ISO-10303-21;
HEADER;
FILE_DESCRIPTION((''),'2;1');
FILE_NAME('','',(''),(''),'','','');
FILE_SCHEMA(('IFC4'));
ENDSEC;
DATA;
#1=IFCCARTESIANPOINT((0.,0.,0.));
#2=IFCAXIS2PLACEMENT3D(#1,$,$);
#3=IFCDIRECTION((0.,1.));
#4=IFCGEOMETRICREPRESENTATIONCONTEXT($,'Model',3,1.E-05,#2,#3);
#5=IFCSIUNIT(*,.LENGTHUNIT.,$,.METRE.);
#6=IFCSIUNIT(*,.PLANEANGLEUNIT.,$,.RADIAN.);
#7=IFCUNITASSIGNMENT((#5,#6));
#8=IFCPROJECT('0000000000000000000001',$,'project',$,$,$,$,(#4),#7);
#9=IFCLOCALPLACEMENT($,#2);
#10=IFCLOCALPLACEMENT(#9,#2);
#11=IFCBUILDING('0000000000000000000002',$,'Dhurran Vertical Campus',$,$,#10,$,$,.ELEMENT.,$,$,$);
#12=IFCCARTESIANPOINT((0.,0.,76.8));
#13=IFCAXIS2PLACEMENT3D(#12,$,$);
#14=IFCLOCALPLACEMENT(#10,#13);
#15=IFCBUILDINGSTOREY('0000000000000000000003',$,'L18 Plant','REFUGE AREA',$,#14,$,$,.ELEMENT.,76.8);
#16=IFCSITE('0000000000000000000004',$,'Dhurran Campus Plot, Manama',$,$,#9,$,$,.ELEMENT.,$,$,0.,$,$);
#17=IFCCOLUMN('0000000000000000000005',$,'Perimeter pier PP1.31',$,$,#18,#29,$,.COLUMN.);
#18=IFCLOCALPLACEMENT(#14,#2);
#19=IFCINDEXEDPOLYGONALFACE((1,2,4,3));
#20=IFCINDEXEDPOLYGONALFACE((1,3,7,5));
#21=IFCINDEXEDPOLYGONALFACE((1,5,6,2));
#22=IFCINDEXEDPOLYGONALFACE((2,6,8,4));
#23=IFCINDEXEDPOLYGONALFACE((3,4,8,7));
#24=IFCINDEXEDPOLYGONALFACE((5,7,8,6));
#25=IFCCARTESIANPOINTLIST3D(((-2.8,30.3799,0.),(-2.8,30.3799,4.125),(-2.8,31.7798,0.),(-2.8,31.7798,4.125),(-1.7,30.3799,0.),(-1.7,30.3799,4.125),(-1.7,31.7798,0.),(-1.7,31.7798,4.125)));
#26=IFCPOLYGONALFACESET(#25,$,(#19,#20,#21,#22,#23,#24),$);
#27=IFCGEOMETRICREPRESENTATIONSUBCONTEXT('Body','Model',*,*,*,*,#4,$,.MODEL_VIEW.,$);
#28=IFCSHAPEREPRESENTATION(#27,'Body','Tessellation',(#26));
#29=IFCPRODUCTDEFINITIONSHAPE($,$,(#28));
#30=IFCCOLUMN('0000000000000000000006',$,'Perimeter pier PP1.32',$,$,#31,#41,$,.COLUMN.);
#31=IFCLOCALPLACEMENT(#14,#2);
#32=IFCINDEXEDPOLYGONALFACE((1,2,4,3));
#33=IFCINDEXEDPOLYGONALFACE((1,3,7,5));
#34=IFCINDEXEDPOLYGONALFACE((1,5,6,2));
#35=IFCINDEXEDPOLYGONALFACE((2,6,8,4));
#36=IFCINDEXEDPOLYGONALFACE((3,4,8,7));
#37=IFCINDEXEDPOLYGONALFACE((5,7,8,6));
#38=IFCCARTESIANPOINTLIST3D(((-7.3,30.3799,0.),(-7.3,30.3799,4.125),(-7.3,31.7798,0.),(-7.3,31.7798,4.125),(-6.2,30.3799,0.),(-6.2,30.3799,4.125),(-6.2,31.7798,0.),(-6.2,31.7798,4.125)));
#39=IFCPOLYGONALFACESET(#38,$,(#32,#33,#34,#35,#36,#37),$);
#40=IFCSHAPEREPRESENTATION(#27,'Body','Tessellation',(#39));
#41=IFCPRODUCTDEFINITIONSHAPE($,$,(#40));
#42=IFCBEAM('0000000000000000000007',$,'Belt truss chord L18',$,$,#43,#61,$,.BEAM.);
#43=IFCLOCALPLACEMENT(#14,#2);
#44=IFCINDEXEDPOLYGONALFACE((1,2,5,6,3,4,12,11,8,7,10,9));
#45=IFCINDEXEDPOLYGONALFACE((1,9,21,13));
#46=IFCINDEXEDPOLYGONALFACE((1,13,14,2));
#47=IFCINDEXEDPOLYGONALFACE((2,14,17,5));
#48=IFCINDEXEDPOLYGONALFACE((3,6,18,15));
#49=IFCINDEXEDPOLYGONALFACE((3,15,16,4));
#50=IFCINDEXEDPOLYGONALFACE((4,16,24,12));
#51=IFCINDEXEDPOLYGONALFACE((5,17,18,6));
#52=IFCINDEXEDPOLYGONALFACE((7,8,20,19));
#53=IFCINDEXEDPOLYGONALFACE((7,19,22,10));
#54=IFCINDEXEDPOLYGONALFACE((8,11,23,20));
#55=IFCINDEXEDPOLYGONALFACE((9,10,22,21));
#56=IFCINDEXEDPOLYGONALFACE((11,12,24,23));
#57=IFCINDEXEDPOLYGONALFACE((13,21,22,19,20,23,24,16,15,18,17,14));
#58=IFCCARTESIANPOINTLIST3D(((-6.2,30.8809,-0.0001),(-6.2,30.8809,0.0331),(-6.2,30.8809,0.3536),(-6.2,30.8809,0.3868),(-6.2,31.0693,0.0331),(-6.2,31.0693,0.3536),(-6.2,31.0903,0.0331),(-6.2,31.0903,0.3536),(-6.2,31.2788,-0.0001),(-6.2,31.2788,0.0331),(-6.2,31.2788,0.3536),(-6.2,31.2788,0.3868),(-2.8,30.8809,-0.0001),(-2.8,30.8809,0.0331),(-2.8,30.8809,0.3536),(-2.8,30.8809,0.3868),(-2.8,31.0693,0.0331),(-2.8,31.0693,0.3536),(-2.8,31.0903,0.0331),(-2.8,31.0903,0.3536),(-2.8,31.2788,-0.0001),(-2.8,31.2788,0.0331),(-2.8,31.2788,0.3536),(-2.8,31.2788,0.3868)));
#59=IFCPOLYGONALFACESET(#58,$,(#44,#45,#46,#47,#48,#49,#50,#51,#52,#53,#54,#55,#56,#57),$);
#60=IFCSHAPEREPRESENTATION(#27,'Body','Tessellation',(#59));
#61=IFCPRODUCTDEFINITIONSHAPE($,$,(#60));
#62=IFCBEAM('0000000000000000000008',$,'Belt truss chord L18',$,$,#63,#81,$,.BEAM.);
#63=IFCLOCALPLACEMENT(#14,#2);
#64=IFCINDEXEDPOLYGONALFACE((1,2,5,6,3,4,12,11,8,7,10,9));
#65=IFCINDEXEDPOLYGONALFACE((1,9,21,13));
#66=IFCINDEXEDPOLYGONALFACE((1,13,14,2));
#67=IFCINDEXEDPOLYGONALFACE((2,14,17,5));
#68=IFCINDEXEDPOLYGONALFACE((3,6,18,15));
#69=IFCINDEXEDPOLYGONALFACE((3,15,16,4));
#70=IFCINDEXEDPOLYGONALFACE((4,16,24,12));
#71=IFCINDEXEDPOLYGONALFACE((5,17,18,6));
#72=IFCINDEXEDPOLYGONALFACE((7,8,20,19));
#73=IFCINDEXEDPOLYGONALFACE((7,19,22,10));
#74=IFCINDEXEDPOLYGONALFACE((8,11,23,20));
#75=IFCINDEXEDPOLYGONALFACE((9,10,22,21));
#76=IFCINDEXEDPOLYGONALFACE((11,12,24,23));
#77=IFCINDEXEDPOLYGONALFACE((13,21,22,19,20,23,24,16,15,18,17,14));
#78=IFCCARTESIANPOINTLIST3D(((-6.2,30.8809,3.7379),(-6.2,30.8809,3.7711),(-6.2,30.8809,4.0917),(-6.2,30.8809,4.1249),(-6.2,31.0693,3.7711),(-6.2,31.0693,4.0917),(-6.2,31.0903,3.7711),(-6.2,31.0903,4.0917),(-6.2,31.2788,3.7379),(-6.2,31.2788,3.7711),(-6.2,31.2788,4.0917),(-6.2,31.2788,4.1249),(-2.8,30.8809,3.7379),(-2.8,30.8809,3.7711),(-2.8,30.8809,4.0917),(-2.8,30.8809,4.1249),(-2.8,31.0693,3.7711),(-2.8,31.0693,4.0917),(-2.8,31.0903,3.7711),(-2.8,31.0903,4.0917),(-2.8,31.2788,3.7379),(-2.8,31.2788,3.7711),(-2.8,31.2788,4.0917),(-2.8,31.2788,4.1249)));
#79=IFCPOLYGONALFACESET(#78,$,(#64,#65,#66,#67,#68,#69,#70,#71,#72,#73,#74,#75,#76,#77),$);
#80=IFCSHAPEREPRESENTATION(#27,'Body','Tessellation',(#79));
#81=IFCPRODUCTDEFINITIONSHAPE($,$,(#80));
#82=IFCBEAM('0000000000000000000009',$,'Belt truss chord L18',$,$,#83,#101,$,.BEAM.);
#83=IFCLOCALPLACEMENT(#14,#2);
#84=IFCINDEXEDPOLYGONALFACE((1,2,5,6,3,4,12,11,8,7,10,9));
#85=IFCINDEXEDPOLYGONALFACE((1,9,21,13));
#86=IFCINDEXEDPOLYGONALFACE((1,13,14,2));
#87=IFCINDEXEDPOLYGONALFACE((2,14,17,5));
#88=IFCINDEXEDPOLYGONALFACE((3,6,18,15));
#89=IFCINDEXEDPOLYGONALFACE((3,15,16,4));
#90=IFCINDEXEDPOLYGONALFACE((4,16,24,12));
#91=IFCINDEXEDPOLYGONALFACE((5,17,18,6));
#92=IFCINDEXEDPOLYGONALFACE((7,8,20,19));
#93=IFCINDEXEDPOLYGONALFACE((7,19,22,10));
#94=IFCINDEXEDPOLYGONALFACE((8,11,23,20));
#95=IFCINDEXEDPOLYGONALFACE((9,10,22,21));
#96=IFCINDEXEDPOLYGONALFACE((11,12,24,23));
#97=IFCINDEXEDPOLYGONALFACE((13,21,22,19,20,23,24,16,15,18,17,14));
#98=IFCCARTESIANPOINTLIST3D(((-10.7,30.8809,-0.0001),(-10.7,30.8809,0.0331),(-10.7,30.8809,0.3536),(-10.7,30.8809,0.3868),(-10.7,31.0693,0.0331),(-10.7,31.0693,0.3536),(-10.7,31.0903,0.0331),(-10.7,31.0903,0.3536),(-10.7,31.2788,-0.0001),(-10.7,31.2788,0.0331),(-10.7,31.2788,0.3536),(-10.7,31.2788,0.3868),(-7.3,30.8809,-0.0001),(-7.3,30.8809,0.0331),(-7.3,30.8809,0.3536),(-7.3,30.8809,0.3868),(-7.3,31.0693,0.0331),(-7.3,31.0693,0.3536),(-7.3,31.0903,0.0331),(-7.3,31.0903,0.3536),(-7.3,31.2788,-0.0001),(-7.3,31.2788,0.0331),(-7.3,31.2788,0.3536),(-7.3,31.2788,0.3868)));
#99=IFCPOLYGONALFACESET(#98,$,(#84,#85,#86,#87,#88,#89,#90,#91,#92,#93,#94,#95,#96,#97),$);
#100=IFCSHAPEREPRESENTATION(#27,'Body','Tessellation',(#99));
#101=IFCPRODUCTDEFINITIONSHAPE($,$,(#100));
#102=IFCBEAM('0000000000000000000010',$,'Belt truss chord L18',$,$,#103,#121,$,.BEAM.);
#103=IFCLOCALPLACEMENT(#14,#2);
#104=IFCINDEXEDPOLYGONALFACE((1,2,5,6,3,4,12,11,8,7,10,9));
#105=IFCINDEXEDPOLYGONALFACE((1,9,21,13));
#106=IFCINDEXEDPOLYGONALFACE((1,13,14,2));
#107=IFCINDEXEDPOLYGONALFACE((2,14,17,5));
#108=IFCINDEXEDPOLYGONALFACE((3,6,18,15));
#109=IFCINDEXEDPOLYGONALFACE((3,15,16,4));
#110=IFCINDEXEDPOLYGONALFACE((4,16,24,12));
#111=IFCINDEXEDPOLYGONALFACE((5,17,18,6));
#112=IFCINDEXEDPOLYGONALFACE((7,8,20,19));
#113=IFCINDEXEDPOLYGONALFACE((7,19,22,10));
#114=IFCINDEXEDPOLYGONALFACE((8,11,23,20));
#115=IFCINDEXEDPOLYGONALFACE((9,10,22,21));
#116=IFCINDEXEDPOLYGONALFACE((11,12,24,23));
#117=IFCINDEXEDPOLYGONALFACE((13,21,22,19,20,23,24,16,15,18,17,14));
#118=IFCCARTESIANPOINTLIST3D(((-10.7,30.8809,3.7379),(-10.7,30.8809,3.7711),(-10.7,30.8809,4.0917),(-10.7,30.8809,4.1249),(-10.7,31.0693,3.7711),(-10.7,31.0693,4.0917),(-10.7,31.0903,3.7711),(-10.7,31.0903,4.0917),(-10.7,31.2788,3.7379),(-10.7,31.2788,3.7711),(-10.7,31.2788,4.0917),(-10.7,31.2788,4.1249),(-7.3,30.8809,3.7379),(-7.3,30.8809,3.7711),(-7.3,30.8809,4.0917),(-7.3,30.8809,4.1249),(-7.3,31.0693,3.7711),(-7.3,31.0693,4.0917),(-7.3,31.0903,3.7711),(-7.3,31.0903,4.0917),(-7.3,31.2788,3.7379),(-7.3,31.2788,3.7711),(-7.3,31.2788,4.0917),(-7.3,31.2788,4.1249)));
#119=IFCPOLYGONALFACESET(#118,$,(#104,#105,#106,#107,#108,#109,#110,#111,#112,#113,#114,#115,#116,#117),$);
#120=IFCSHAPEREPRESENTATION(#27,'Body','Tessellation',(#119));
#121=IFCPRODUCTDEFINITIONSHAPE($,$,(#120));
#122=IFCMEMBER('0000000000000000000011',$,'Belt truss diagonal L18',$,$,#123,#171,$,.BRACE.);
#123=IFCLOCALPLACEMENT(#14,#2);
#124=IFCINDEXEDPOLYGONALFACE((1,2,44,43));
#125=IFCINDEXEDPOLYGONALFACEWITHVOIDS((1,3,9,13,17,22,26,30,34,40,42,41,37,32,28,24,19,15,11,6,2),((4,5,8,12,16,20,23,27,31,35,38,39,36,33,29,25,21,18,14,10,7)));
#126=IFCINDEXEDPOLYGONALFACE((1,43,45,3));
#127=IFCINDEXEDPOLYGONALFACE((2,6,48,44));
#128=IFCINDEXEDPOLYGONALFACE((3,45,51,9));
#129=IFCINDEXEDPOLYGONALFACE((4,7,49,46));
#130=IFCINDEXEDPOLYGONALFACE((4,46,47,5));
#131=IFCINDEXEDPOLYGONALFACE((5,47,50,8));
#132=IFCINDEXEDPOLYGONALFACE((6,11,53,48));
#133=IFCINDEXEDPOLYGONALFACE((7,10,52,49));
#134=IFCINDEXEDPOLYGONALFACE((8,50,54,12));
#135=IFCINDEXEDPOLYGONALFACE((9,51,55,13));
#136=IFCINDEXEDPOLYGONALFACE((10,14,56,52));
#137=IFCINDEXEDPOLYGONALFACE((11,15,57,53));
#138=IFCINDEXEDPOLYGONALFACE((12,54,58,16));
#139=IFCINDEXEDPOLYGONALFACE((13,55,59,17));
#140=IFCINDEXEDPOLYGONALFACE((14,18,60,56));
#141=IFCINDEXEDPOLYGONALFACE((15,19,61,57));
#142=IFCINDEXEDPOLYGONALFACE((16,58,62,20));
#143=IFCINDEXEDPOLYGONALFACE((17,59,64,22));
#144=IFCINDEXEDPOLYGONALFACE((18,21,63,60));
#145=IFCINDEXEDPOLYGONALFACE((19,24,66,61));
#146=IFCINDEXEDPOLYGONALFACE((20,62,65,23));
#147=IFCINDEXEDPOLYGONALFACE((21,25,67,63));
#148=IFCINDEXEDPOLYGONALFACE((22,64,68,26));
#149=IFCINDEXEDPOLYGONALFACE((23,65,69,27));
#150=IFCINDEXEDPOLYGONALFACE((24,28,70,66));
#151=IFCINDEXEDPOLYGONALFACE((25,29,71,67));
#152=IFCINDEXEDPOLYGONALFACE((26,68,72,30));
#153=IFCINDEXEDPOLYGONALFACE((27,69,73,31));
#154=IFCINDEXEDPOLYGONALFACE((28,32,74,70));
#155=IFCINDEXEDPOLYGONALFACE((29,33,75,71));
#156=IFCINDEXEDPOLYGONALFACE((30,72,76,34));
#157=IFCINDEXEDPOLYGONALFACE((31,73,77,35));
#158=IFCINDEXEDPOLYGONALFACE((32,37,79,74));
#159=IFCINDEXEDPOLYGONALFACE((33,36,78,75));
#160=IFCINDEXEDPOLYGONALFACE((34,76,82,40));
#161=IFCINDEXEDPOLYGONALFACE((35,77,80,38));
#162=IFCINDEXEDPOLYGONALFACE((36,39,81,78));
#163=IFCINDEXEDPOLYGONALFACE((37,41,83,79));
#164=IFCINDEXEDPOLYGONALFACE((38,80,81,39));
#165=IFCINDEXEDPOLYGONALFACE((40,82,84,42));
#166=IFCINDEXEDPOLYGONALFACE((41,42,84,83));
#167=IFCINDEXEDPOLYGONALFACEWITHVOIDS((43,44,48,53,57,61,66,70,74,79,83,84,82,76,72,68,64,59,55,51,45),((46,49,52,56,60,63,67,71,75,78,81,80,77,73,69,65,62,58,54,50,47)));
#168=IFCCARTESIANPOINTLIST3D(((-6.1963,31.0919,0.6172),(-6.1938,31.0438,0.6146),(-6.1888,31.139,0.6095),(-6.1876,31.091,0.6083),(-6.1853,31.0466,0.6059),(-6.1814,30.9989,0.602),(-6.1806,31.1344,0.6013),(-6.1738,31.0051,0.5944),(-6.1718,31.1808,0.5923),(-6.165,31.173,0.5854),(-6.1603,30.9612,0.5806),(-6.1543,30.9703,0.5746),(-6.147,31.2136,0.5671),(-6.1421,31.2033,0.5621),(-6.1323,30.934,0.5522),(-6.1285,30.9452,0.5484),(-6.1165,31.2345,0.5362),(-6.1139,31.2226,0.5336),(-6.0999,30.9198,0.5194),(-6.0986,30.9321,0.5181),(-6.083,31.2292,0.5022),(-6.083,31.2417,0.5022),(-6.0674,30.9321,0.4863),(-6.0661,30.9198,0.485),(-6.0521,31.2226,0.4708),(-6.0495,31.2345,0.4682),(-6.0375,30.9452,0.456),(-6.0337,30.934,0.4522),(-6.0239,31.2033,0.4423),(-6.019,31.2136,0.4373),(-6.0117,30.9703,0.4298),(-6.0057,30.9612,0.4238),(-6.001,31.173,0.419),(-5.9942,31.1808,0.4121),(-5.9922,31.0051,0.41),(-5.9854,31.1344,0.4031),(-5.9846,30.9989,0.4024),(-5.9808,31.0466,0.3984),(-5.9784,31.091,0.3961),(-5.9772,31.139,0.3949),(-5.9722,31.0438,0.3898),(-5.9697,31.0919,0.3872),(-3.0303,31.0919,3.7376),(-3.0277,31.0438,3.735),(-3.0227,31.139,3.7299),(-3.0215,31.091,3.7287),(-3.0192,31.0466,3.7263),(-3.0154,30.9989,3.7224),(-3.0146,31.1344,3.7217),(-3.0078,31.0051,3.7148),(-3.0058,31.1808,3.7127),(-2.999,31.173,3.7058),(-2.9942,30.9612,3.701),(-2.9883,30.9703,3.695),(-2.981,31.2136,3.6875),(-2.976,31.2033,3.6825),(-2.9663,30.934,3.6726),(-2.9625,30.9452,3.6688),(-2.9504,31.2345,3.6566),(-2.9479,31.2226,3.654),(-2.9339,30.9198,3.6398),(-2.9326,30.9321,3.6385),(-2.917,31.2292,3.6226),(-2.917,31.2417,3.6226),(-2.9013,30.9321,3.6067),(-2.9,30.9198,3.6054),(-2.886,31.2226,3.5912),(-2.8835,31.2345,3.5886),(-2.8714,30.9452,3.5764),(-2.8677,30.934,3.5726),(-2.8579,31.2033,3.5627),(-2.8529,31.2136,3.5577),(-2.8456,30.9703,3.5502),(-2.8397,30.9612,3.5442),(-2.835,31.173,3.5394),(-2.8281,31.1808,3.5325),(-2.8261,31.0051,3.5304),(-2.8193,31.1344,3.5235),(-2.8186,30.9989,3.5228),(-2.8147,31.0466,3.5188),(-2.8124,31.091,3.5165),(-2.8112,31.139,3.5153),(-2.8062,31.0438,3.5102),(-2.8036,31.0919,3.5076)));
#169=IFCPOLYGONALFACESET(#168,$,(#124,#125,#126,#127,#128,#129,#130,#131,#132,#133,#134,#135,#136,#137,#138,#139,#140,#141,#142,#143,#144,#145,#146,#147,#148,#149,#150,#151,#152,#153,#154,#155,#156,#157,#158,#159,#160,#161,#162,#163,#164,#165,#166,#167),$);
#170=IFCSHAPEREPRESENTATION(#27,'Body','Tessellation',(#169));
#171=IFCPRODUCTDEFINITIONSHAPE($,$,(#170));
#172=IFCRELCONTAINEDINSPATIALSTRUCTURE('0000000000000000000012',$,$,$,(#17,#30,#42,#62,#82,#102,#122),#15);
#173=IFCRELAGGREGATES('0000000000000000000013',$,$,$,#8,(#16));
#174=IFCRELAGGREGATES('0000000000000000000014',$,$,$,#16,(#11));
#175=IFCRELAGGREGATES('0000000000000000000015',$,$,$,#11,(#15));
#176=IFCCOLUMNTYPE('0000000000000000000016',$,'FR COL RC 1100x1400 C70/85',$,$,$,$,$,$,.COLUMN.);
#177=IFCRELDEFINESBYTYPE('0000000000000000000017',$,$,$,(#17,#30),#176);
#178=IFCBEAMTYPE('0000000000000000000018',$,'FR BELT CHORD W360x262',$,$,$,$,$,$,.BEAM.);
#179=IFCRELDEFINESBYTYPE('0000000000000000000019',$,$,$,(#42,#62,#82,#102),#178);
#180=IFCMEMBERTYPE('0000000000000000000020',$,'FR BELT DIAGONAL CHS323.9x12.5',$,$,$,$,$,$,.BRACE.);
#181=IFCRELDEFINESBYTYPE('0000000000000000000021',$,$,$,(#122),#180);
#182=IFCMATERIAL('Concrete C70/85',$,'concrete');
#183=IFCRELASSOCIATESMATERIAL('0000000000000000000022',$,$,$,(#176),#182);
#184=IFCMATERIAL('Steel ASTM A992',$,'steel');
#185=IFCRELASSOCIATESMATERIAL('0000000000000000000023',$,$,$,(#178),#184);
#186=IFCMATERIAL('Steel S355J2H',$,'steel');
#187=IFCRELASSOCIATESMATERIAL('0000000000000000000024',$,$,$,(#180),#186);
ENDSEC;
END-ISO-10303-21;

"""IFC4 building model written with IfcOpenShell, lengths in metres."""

from ifc_helpers import new_model, si_unit, direction, frame, origin, origin_2d, place, context, subcontext, project, spatial, rectangle, hollow_circle, i_section, extrude, material, material_profile, profile_set, type_object, element, save


model = new_model("IFC4")

# Units and contexts
model_context = context("Model", 3, precision=1e-05, world=origin(), true_north=direction((0.0, 1.0)))
body_context = subcontext(model_context, "Body", "Model", "MODEL_VIEW")
ifc_project = project(units=[si_unit("LENGTHUNIT", "METRE"), si_unit("PLANEANGLEUNIT", "RADIAN")], contexts=[model_context])

# Site, building, storey
site_placement = place(None, origin())
site = spatial("IfcSite", under=ifc_project, at=site_placement, Name="Dhurran Campus Plot, Manama", CompositionType="ELEMENT", RefElevation=0.0)
building_placement = place(site_placement, origin())
building = spatial("IfcBuilding", under=site, at=building_placement, Name="Dhurran Vertical Campus", CompositionType="ELEMENT")
storey_placement = place(building_placement, frame((0.0, 0.0, 76.8)))
storey = spatial("IfcBuildingStorey", under=building, at=storey_placement, Name="L18 Plant", Description="REFUGE AREA", CompositionType="ELEMENT", Elevation=76.8)

# Columns
ifc_material_1 = material(Name="Concrete C70/85", Category="concrete")
ifc_material_profile_1 = material_profile(ifc_material_1, rectangle(XDim=1.1001, YDim=1.3999, at=origin_2d()), Name="RC 1100x1400")
ifc_profile_set_1 = profile_set([ifc_material_profile_1], Name="Concrete C70/85")
column_type = type_object("IfcColumnType", Name="FR COL RC 1100x1400 C70/85", PredefinedType="COLUMN", material=ifc_profile_set_1)
for number, where, z_axis, x_axis, name in (
    (1, (-2.25, 31.0798, 0.0), (0.0, 0.0, 1.0), (-1.0, 0.0, 0.0), "Perimeter pier PP1.31"),
    (2, (-6.75, 31.0798, 0.0), (0.0, 0.0, 1.0), (-1.0, 0.0, 0.0), "Perimeter pier PP1.32"),
):
    element("IfcColumn", number, at=place(storey_placement, frame(where, z_axis=z_axis, x_axis=x_axis)), inside=storey, type_object=column_type, Name=name, PredefinedType="COLUMN", context=body_context, shape_type="SweptSolid", body=[
        extrude(rectangle(XDim=1.1001, YDim=1.3999, at=origin_2d()), origin(), (0.0, 0.0, 1.0), 4.125),
    ])

# Beams
ifc_material_2 = material(Name="Steel ASTM A992", Category="steel")
ifc_material_profile_2 = material_profile(ifc_material_2, i_section(OverallWidth=0.3979, OverallDepth=0.387, WebThickness=0.021, FlangeThickness=0.0332, at=origin_2d()), Name="W360x262")
ifc_profile_set_2 = profile_set([ifc_material_profile_2], Name="Steel ASTM A992")
beam_type = type_object("IfcBeamType", Name="FR BELT CHORD W360x262", PredefinedType="BEAM", material=ifc_profile_set_2)
for number, where, z_axis, x_axis, name in (
    (3, (-2.8, 31.0798, 0.1934), (-1.0, 0.0, 0.0), (0.0, -1.0, 0.0), "Belt truss chord L18"),
    (4, (-2.8, 31.0798, 3.9314), (-1.0, 0.0, 0.0), (0.0, -1.0, 0.0), "Belt truss chord L18"),
    (5, (-7.3, 31.0798, 0.1934), (-1.0, 0.0, 0.0), (0.0, -1.0, 0.0), "Belt truss chord L18"),
    (6, (-7.3, 31.0798, 3.9314), (-1.0, 0.0, 0.0), (0.0, -1.0, 0.0), "Belt truss chord L18"),
):
    element("IfcBeam", number, at=place(storey_placement, frame(where, z_axis=z_axis, x_axis=x_axis)), inside=storey, type_object=beam_type, Name=name, PredefinedType="BEAM", context=body_context, shape_type="SweptSolid", body=[
        extrude(i_section(OverallWidth=0.3979, OverallDepth=0.387, WebThickness=0.021, FlangeThickness=0.0332, at=origin_2d()), origin(), (0.0, 0.0, 1.0), 3.3999),
    ])

# Member
ifc_material_3 = material(Name="Steel S355J2H", Category="steel")
ifc_material_profile_3 = material_profile(ifc_material_3, hollow_circle(Radius=0.1619, WallThickness=0.0125, at=origin_2d()), Name="CHS323.9x12.5")
ifc_profile_set_3 = profile_set([ifc_material_profile_3], Name="Steel S355J2H")
member_type = type_object("IfcMemberType", Name="FR BELT DIAGONAL CHS323.9x12.5", PredefinedType="BRACE", material=ifc_profile_set_3)
for number, where, z_axis, x_axis, name in (
    (7, (-6.083, 31.0798, 0.5022), (0.712223, 0.0, 0.701953), (0.0, 1.0, 0.0), "Belt truss diagonal L18"),
):
    element("IfcMember", number, at=place(storey_placement, frame(where, z_axis=z_axis, x_axis=x_axis)), inside=storey, type_object=member_type, Name=name, PredefinedType="BRACE", context=body_context, shape_type="SweptSolid", body=[
        extrude(hollow_circle(Radius=0.1619, WallThickness=0.0125, at=origin_2d()), origin(), (0.0, 0.0, 1.0), 4.4453),
    ])

save(model, "model.ifc")
